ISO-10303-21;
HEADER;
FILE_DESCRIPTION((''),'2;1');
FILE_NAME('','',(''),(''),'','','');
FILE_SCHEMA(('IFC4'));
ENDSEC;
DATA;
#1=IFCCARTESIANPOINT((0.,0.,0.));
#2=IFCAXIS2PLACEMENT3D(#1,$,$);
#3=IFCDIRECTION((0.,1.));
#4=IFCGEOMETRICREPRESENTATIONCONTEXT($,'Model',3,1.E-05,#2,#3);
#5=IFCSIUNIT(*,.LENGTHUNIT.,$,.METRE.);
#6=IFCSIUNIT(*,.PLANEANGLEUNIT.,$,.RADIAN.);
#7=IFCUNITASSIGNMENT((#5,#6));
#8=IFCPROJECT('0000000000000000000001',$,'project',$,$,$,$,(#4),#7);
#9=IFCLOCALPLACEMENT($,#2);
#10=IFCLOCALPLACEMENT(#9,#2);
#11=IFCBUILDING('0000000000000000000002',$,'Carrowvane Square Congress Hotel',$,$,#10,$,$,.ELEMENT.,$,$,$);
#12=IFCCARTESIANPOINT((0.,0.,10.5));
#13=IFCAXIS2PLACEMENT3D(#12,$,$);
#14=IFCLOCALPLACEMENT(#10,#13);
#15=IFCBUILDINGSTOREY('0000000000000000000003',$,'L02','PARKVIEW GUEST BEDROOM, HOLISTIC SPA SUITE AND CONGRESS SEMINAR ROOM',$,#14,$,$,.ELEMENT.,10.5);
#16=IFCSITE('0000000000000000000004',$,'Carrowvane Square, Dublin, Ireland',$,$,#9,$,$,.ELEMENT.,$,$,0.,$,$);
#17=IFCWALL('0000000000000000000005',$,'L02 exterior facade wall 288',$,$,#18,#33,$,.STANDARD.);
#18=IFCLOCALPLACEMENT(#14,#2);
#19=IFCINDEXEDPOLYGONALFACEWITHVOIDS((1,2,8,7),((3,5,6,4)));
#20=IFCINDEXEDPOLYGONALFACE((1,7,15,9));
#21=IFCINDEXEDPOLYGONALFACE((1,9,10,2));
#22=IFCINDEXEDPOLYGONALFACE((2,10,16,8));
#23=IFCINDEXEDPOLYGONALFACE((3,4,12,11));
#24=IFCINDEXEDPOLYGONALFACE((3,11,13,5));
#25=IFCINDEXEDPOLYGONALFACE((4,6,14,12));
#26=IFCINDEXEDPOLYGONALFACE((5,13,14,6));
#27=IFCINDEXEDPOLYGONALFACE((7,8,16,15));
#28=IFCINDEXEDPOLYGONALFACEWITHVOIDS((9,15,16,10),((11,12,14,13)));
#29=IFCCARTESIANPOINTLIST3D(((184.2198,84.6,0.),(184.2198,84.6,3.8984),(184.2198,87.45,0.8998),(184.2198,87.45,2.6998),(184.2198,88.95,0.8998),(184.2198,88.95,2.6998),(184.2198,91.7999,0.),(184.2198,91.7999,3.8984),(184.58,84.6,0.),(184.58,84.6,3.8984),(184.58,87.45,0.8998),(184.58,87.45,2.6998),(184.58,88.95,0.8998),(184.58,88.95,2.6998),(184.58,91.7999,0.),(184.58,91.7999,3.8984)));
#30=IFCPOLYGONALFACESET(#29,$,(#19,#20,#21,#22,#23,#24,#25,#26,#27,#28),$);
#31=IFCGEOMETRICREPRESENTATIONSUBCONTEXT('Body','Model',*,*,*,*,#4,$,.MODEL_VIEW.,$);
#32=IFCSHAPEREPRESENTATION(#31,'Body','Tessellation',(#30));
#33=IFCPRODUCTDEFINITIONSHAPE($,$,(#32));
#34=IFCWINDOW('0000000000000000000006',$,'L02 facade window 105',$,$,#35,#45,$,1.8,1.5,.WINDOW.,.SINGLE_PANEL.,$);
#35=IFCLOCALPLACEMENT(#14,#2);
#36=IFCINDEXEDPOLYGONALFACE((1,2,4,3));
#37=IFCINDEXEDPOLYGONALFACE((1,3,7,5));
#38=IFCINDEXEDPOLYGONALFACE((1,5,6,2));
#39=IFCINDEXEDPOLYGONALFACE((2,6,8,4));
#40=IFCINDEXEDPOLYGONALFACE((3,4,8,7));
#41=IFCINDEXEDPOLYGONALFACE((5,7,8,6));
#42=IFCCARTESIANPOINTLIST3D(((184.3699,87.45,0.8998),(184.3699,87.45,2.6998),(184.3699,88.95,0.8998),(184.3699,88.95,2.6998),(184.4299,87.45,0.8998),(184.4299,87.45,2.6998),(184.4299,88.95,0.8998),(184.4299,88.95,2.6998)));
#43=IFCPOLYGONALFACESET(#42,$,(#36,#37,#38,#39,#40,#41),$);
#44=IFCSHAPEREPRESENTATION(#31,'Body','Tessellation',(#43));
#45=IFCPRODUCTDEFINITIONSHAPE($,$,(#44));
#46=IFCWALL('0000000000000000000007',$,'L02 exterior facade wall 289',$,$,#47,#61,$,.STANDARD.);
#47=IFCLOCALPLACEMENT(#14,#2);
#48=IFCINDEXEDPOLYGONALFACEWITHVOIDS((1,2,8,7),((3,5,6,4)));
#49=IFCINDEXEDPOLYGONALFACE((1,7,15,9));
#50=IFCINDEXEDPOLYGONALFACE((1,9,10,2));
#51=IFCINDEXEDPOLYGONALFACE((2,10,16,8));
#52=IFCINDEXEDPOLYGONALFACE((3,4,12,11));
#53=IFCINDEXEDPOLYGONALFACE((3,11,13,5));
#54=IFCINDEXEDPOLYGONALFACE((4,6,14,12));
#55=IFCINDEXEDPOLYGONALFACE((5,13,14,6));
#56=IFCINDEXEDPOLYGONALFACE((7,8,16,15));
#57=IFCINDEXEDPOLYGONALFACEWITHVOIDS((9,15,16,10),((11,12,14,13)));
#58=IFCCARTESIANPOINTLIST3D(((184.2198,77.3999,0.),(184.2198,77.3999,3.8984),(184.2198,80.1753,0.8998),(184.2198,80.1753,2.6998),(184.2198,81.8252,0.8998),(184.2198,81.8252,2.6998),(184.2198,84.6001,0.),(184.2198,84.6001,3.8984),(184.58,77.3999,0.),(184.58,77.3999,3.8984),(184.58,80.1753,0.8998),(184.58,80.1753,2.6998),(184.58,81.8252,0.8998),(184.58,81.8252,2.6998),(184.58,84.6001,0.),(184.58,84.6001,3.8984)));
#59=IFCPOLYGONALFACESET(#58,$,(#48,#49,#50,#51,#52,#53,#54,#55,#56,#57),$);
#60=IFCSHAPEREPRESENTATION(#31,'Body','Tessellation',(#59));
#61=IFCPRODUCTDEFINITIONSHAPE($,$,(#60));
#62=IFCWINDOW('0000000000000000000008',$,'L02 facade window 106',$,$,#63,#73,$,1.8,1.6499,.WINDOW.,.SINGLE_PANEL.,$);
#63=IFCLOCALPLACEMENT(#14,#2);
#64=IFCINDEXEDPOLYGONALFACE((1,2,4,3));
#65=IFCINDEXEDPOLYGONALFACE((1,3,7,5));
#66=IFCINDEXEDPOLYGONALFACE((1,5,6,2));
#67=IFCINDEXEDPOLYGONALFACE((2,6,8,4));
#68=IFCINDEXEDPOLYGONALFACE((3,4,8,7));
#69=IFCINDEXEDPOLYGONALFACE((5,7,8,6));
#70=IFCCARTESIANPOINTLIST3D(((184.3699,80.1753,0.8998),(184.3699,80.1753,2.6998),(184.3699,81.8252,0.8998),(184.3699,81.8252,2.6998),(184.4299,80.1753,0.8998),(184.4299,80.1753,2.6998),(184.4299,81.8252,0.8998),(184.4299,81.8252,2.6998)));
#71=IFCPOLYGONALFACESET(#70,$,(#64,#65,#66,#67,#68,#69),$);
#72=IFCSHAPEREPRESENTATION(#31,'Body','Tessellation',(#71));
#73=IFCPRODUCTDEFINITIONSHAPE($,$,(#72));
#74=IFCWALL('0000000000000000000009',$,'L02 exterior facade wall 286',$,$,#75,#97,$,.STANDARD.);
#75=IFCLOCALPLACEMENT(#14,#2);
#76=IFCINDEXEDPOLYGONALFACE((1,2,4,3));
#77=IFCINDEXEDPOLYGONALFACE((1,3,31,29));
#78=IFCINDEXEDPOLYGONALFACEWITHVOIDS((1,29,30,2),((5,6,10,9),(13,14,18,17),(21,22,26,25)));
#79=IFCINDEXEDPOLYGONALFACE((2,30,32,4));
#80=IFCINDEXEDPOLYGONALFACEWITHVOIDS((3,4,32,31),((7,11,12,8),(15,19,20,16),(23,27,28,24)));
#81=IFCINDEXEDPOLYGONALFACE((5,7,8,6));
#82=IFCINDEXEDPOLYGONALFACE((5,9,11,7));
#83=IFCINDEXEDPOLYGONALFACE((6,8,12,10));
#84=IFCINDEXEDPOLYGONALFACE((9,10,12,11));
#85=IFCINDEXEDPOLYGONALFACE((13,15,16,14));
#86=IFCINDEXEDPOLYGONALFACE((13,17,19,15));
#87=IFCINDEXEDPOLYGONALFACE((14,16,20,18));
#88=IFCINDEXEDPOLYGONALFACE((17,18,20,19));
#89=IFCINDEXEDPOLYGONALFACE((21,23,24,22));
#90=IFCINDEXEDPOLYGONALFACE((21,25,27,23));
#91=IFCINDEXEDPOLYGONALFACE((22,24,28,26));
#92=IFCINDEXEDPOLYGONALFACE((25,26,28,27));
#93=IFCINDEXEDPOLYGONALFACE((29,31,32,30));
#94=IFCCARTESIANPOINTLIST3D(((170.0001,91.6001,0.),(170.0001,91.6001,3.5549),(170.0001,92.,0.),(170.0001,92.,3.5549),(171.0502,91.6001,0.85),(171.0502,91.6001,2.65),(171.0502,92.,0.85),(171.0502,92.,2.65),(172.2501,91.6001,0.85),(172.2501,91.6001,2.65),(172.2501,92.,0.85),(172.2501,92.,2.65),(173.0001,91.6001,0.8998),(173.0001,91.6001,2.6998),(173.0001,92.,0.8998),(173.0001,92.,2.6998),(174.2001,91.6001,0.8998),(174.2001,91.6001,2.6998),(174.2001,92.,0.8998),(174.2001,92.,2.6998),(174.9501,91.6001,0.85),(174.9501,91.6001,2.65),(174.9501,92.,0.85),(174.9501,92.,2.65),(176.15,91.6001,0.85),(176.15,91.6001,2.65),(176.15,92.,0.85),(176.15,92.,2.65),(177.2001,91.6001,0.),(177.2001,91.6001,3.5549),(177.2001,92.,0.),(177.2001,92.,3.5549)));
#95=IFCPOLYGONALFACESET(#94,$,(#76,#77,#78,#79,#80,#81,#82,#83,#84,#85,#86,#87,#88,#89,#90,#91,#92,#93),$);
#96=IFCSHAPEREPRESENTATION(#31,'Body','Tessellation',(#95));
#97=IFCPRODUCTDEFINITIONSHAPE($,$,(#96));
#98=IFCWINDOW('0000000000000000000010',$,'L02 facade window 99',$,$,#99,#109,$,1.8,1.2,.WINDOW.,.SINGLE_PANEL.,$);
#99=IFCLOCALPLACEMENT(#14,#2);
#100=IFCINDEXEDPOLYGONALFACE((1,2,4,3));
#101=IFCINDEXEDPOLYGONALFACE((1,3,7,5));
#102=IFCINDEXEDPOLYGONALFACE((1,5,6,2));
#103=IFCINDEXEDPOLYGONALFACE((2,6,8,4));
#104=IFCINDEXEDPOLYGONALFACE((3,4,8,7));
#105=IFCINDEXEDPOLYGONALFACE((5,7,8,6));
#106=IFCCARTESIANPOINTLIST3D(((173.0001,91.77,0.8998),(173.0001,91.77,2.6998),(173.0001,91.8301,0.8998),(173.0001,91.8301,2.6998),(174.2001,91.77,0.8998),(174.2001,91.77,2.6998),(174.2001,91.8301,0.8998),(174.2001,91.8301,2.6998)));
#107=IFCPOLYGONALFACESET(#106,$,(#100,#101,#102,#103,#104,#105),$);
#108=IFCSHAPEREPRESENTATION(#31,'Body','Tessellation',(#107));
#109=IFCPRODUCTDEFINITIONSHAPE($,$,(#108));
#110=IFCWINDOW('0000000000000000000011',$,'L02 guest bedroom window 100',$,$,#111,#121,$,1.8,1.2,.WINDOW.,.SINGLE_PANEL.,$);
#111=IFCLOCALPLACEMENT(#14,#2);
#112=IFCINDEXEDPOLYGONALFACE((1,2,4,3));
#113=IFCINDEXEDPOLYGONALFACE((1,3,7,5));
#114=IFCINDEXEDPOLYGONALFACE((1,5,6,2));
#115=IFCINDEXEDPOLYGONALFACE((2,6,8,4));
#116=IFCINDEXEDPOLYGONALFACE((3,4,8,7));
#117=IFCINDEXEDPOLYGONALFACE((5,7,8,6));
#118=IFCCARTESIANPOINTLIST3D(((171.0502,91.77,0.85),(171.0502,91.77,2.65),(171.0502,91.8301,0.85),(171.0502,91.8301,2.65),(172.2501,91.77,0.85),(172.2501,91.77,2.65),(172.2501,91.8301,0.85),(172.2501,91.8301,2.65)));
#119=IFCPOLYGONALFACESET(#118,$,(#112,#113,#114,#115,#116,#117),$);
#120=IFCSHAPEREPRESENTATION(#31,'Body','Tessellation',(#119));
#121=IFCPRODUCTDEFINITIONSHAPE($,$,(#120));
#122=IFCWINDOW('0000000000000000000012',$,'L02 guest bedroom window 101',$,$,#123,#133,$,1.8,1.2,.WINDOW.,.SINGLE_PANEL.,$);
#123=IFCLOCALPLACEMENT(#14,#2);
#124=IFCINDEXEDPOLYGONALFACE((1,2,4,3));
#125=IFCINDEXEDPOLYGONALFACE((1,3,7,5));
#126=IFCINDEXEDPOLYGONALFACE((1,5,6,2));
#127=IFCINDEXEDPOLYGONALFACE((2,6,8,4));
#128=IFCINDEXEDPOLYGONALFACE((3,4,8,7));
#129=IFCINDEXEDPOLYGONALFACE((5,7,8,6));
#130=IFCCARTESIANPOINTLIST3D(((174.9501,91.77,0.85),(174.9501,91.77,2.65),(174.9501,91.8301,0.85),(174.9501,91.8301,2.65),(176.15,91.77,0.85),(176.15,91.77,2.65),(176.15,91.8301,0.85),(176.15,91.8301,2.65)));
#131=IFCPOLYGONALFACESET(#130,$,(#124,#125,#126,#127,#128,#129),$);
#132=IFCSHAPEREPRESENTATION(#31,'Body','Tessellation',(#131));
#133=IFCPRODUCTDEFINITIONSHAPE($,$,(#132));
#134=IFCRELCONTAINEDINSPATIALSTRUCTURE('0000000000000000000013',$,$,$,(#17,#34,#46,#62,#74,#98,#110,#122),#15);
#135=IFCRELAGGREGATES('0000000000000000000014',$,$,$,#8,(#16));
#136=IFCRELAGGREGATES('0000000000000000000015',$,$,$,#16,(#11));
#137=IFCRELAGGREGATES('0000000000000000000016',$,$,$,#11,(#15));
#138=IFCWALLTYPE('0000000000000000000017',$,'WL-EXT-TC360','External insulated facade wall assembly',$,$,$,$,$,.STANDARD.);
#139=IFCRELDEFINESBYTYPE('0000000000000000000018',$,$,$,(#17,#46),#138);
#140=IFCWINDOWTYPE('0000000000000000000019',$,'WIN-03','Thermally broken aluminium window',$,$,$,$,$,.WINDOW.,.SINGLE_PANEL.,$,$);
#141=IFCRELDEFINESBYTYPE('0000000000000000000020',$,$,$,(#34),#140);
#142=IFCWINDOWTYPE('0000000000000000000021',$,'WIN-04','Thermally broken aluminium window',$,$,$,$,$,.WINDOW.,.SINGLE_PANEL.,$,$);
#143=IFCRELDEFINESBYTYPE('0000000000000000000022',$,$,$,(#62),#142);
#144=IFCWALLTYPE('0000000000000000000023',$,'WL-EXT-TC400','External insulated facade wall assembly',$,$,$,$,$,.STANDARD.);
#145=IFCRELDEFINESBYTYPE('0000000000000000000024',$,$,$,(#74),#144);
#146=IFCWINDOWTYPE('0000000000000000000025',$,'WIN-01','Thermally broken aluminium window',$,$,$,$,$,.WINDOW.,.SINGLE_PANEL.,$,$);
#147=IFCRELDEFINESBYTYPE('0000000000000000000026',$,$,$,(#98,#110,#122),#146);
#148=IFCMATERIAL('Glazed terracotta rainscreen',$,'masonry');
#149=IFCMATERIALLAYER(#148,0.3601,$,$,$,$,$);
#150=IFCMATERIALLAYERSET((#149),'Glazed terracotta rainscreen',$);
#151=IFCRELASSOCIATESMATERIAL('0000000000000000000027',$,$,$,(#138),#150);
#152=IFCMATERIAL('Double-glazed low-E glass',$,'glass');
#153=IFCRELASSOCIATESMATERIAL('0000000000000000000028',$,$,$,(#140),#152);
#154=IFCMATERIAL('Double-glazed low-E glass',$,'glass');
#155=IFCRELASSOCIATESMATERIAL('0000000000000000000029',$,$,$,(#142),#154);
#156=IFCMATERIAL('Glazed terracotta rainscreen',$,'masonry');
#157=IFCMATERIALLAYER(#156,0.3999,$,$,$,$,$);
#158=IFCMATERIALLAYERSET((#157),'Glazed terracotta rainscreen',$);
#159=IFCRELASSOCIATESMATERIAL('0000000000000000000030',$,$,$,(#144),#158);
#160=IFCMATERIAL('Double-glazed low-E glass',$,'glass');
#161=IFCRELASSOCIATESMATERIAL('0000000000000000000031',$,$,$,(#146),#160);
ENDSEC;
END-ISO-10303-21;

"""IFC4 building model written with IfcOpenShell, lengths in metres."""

from ifc_helpers import new_model, si_unit, direction, frame, frame_2d, origin, place, context, subcontext, project, spatial, rectangle, extrude, material, layer, layer_set, type_object, element, fill, save


model = new_model("IFC4")

# Units and contexts
model_context = context("Model", 3, precision=1e-05, world=origin(), true_north=direction((0.0, 1.0)))
body_context = subcontext(model_context, "Body", "Model", "MODEL_VIEW")
ifc_project = project(units=[si_unit("LENGTHUNIT", "METRE"), si_unit("PLANEANGLEUNIT", "RADIAN")], contexts=[model_context])

# Site, building, storey
site_placement = place(None, origin())
site = spatial("IfcSite", under=ifc_project, at=site_placement, Name="Carrowvane Square, Dublin, Ireland", CompositionType="ELEMENT", RefElevation=0.0)
building_placement = place(site_placement, origin())
building = spatial("IfcBuilding", under=site, at=building_placement, Name="Carrowvane Square Congress Hotel", CompositionType="ELEMENT")
storey_placement = place(building_placement, frame((0.0, 0.0, 10.5)))
storey = spatial("IfcBuildingStorey", under=building, at=storey_placement, Name="L02", Description="PARKVIEW GUEST BEDROOM, HOLISTIC SPA SUITE AND CONGRESS SEMINAR ROOM", CompositionType="ELEMENT", Elevation=10.5)

# Walls, openings, windows
ifc_material_1 = material(Name="Glazed terracotta rainscreen", Category="masonry")
ifc_layer_1 = layer(ifc_material_1, 0.3601)
ifc_layer_set_1 = layer_set([ifc_layer_1], Name="Glazed terracotta rainscreen")
wall_type_1 = type_object("IfcWallType", Name="WL-EXT-TC360", Description="External insulated facade wall assembly", PredefinedType="STANDARD", material=ifc_layer_set_1)
wall_1_placement = place(storey_placement, frame((184.3999, 91.8, 0.0), z_axis=(0.0, 0.0, 1.0), x_axis=(0.0, -1.0, 0.0)))
wall_1 = element("IfcWall", 1, at=wall_1_placement, inside=storey, type_object=wall_type_1, Name="L02 exterior facade wall 288", PredefinedType="STANDARD", context=body_context, shape_type="SweptSolid", body=[
    extrude(rectangle(XDim=7.2, YDim=0.3601, at=frame_2d((3.6001, 0.0))), origin(), (0.0, 0.0, 1.0), 3.8984),
])
opening_1_placement = place(wall_1_placement, frame((2.8501, 0.0, 0.8999)))
opening_1 = element("IfcOpeningElement", 2, at=opening_1_placement, cuts=wall_1, PredefinedType="OPENING", context=body_context, shape_type="SweptSolid", body=[
    extrude(rectangle(XDim=1.5, YDim=1.8, at=frame_2d((0.75, 0.8999))), frame((0.0, 0.1899, 0.0), z_axis=(0.0, -1.0, 0.0), x_axis=(1.0, 0.0, 0.0)), (0.0, 0.0, 1.0), 0.3801),
])
ifc_material_2 = material(Name="Double-glazed low-E glass", Category="glass")
window_type_1 = type_object("IfcWindowType", Name="WIN-03", Description="Thermally broken aluminium window", PartitioningType="SINGLE_PANEL", PredefinedType="WINDOW", material=ifc_material_2)
window_1_placement = place(opening_1_placement, origin())
window_1 = element("IfcWindow", 3, at=window_1_placement, inside=storey, type_object=window_type_1, Name="L02 facade window 105", OverallHeight=1.8, OverallWidth=1.5, PartitioningType="SINGLE_PANEL", PredefinedType="WINDOW", context=body_context, shape_type="SweptSolid", body=[
    extrude(rectangle(XDim=1.5, YDim=1.8, at=frame_2d((0.75, 0.8999))), frame((0.0, 0.03, 0.0), z_axis=(0.0, -1.0, 0.0), x_axis=(1.0, 0.0, 0.0)), (0.0, 0.0, 1.0), 0.0601),
])
fill(opening_1, window_1)
wall_2_placement = place(storey_placement, frame((184.3999, 84.6001, 0.0), z_axis=(0.0, 0.0, 1.0), x_axis=(0.0, -1.0, 0.0)))
wall_2 = element("IfcWall", 4, at=wall_2_placement, inside=storey, type_object=wall_type_1, Name="L02 exterior facade wall 289", PredefinedType="STANDARD", context=body_context, shape_type="SweptSolid", body=[
    extrude(rectangle(XDim=7.2002, YDim=0.3601, at=frame_2d((3.6001, 0.0))), origin(), (0.0, 0.0, 1.0), 3.8984),
])
opening_2_placement = place(wall_2_placement, frame((2.7749, 0.0, 0.8999)))
opening_2 = element("IfcOpeningElement", 5, at=opening_2_placement, cuts=wall_2, PredefinedType="OPENING", context=body_context, shape_type="SweptSolid", body=[
    extrude(rectangle(XDim=1.6499, YDim=1.8, at=frame_2d((0.825, 0.8999))), frame((0.0, 0.1899, 0.0), z_axis=(0.0, -1.0, 0.0), x_axis=(1.0, 0.0, 0.0)), (0.0, 0.0, 1.0), 0.3801),
])
ifc_material_3 = material(Name="Double-glazed low-E glass", Category="glass")
window_type_2 = type_object("IfcWindowType", Name="WIN-04", Description="Thermally broken aluminium window", PartitioningType="SINGLE_PANEL", PredefinedType="WINDOW", material=ifc_material_3)
window_2_placement = place(opening_2_placement, origin())
window_2 = element("IfcWindow", 6, at=window_2_placement, inside=storey, type_object=window_type_2, Name="L02 facade window 106", OverallHeight=1.8, OverallWidth=1.6499, PartitioningType="SINGLE_PANEL", PredefinedType="WINDOW", context=body_context, shape_type="SweptSolid", body=[
    extrude(rectangle(XDim=1.6499, YDim=1.8, at=frame_2d((0.825, 0.8999))), frame((0.0, 0.03, 0.0), z_axis=(0.0, -1.0, 0.0), x_axis=(1.0, 0.0, 0.0)), (0.0, 0.0, 1.0), 0.0601),
])
fill(opening_2, window_2)

# Wall, openings, windows
ifc_material_4 = material(Name="Glazed terracotta rainscreen", Category="masonry")
ifc_layer_2 = layer(ifc_material_4, 0.3999)
ifc_layer_set_2 = layer_set([ifc_layer_2], Name="Glazed terracotta rainscreen")
wall_type_2 = type_object("IfcWallType", Name="WL-EXT-TC400", Description="External insulated facade wall assembly", PredefinedType="STANDARD", material=ifc_layer_set_2)
wall_3_placement = place(storey_placement, frame((170.0, 91.8, 0.0), z_axis=(0.0, 0.0, 1.0), x_axis=(1.0, 0.0, 0.0)))
wall_3 = element("IfcWall", 7, at=wall_3_placement, inside=storey, type_object=wall_type_2, Name="L02 exterior facade wall 286", PredefinedType="STANDARD", context=body_context, shape_type="SweptSolid", body=[
    extrude(rectangle(XDim=7.2, YDim=0.3999, at=frame_2d((3.6001, 0.0))), origin(), (0.0, 0.0, 1.0), 3.5549),
])
opening_3_placement = place(wall_3_placement, frame((3.0, 0.0, 0.8999)))
opening_3 = element("IfcOpeningElement", 8, at=opening_3_placement, cuts=wall_3, PredefinedType="OPENING", context=body_context, shape_type="SweptSolid", body=[
    extrude(rectangle(XDim=1.2, YDim=1.8, at=frame_2d((0.6001, 0.8999))), frame((0.0, 0.21, 0.0), z_axis=(0.0, -1.0, 0.0), x_axis=(1.0, 0.0, 0.0)), (0.0, 0.0, 1.0), 0.4199),
])
opening_4_placement = place(wall_3_placement, frame((1.05, 0.0, 0.8501)))
opening_4 = element("IfcOpeningElement", 9, at=opening_4_placement, cuts=wall_3, PredefinedType="OPENING", context=body_context, shape_type="SweptSolid", body=[
    extrude(rectangle(XDim=1.2, YDim=1.8, at=frame_2d((0.6001, 0.8999))), frame((0.0, 0.21, 0.0), z_axis=(0.0, -1.0, 0.0), x_axis=(1.0, 0.0, 0.0)), (0.0, 0.0, 1.0), 0.4199),
])
opening_5_placement = place(wall_3_placement, frame((4.95, 0.0, 0.8501)))
opening_5 = element("IfcOpeningElement", 10, at=opening_5_placement, cuts=wall_3, PredefinedType="OPENING", context=body_context, shape_type="SweptSolid", body=[
    extrude(rectangle(XDim=1.2, YDim=1.8, at=frame_2d((0.6001, 0.8999))), frame((0.0, 0.21, 0.0), z_axis=(0.0, -1.0, 0.0), x_axis=(1.0, 0.0, 0.0)), (0.0, 0.0, 1.0), 0.4199),
])
ifc_material_5 = material(Name="Double-glazed low-E glass", Category="glass")
window_type_3 = type_object("IfcWindowType", Name="WIN-01", Description="Thermally broken aluminium window", PartitioningType="SINGLE_PANEL", PredefinedType="WINDOW", material=ifc_material_5)
window_3_placement = place(opening_3_placement, origin())
window_3 = element("IfcWindow", 11, at=window_3_placement, inside=storey, type_object=window_type_3, Name="L02 facade window 99", OverallHeight=1.8, OverallWidth=1.2, PartitioningType="SINGLE_PANEL", PredefinedType="WINDOW", context=body_context, shape_type="SweptSolid", body=[
    extrude(rectangle(XDim=1.2, YDim=1.8, at=frame_2d((0.6001, 0.8999))), frame((0.0, 0.03, 0.0), z_axis=(0.0, -1.0, 0.0), x_axis=(1.0, 0.0, 0.0)), (0.0, 0.0, 1.0), 0.0601),
])
fill(opening_3, window_3)
window_4_placement = place(opening_4_placement, origin())
window_4 = element("IfcWindow", 12, at=window_4_placement, inside=storey, type_object=window_type_3, Name="L02 guest bedroom window 100", OverallHeight=1.8, OverallWidth=1.2, PartitioningType="SINGLE_PANEL", PredefinedType="WINDOW", context=body_context, shape_type="SweptSolid", body=[
    extrude(rectangle(XDim=1.2, YDim=1.8, at=frame_2d((0.6001, 0.8999))), frame((0.0, 0.03, 0.0), z_axis=(0.0, -1.0, 0.0), x_axis=(1.0, 0.0, 0.0)), (0.0, 0.0, 1.0), 0.0601),
])
fill(opening_4, window_4)
window_5_placement = place(opening_5_placement, origin())
window_5 = element("IfcWindow", 13, at=window_5_placement, inside=storey, type_object=window_type_3, Name="L02 guest bedroom window 101", OverallHeight=1.8, OverallWidth=1.2, PartitioningType="SINGLE_PANEL", PredefinedType="WINDOW", context=body_context, shape_type="SweptSolid", body=[
    extrude(rectangle(XDim=1.2, YDim=1.8, at=frame_2d((0.6001, 0.8999))), frame((0.0, 0.03, 0.0), z_axis=(0.0, -1.0, 0.0), x_axis=(1.0, 0.0, 0.0)), (0.0, 0.0, 1.0), 0.0601),
])
fill(opening_5, window_5)

save(model, "model.ifc")
